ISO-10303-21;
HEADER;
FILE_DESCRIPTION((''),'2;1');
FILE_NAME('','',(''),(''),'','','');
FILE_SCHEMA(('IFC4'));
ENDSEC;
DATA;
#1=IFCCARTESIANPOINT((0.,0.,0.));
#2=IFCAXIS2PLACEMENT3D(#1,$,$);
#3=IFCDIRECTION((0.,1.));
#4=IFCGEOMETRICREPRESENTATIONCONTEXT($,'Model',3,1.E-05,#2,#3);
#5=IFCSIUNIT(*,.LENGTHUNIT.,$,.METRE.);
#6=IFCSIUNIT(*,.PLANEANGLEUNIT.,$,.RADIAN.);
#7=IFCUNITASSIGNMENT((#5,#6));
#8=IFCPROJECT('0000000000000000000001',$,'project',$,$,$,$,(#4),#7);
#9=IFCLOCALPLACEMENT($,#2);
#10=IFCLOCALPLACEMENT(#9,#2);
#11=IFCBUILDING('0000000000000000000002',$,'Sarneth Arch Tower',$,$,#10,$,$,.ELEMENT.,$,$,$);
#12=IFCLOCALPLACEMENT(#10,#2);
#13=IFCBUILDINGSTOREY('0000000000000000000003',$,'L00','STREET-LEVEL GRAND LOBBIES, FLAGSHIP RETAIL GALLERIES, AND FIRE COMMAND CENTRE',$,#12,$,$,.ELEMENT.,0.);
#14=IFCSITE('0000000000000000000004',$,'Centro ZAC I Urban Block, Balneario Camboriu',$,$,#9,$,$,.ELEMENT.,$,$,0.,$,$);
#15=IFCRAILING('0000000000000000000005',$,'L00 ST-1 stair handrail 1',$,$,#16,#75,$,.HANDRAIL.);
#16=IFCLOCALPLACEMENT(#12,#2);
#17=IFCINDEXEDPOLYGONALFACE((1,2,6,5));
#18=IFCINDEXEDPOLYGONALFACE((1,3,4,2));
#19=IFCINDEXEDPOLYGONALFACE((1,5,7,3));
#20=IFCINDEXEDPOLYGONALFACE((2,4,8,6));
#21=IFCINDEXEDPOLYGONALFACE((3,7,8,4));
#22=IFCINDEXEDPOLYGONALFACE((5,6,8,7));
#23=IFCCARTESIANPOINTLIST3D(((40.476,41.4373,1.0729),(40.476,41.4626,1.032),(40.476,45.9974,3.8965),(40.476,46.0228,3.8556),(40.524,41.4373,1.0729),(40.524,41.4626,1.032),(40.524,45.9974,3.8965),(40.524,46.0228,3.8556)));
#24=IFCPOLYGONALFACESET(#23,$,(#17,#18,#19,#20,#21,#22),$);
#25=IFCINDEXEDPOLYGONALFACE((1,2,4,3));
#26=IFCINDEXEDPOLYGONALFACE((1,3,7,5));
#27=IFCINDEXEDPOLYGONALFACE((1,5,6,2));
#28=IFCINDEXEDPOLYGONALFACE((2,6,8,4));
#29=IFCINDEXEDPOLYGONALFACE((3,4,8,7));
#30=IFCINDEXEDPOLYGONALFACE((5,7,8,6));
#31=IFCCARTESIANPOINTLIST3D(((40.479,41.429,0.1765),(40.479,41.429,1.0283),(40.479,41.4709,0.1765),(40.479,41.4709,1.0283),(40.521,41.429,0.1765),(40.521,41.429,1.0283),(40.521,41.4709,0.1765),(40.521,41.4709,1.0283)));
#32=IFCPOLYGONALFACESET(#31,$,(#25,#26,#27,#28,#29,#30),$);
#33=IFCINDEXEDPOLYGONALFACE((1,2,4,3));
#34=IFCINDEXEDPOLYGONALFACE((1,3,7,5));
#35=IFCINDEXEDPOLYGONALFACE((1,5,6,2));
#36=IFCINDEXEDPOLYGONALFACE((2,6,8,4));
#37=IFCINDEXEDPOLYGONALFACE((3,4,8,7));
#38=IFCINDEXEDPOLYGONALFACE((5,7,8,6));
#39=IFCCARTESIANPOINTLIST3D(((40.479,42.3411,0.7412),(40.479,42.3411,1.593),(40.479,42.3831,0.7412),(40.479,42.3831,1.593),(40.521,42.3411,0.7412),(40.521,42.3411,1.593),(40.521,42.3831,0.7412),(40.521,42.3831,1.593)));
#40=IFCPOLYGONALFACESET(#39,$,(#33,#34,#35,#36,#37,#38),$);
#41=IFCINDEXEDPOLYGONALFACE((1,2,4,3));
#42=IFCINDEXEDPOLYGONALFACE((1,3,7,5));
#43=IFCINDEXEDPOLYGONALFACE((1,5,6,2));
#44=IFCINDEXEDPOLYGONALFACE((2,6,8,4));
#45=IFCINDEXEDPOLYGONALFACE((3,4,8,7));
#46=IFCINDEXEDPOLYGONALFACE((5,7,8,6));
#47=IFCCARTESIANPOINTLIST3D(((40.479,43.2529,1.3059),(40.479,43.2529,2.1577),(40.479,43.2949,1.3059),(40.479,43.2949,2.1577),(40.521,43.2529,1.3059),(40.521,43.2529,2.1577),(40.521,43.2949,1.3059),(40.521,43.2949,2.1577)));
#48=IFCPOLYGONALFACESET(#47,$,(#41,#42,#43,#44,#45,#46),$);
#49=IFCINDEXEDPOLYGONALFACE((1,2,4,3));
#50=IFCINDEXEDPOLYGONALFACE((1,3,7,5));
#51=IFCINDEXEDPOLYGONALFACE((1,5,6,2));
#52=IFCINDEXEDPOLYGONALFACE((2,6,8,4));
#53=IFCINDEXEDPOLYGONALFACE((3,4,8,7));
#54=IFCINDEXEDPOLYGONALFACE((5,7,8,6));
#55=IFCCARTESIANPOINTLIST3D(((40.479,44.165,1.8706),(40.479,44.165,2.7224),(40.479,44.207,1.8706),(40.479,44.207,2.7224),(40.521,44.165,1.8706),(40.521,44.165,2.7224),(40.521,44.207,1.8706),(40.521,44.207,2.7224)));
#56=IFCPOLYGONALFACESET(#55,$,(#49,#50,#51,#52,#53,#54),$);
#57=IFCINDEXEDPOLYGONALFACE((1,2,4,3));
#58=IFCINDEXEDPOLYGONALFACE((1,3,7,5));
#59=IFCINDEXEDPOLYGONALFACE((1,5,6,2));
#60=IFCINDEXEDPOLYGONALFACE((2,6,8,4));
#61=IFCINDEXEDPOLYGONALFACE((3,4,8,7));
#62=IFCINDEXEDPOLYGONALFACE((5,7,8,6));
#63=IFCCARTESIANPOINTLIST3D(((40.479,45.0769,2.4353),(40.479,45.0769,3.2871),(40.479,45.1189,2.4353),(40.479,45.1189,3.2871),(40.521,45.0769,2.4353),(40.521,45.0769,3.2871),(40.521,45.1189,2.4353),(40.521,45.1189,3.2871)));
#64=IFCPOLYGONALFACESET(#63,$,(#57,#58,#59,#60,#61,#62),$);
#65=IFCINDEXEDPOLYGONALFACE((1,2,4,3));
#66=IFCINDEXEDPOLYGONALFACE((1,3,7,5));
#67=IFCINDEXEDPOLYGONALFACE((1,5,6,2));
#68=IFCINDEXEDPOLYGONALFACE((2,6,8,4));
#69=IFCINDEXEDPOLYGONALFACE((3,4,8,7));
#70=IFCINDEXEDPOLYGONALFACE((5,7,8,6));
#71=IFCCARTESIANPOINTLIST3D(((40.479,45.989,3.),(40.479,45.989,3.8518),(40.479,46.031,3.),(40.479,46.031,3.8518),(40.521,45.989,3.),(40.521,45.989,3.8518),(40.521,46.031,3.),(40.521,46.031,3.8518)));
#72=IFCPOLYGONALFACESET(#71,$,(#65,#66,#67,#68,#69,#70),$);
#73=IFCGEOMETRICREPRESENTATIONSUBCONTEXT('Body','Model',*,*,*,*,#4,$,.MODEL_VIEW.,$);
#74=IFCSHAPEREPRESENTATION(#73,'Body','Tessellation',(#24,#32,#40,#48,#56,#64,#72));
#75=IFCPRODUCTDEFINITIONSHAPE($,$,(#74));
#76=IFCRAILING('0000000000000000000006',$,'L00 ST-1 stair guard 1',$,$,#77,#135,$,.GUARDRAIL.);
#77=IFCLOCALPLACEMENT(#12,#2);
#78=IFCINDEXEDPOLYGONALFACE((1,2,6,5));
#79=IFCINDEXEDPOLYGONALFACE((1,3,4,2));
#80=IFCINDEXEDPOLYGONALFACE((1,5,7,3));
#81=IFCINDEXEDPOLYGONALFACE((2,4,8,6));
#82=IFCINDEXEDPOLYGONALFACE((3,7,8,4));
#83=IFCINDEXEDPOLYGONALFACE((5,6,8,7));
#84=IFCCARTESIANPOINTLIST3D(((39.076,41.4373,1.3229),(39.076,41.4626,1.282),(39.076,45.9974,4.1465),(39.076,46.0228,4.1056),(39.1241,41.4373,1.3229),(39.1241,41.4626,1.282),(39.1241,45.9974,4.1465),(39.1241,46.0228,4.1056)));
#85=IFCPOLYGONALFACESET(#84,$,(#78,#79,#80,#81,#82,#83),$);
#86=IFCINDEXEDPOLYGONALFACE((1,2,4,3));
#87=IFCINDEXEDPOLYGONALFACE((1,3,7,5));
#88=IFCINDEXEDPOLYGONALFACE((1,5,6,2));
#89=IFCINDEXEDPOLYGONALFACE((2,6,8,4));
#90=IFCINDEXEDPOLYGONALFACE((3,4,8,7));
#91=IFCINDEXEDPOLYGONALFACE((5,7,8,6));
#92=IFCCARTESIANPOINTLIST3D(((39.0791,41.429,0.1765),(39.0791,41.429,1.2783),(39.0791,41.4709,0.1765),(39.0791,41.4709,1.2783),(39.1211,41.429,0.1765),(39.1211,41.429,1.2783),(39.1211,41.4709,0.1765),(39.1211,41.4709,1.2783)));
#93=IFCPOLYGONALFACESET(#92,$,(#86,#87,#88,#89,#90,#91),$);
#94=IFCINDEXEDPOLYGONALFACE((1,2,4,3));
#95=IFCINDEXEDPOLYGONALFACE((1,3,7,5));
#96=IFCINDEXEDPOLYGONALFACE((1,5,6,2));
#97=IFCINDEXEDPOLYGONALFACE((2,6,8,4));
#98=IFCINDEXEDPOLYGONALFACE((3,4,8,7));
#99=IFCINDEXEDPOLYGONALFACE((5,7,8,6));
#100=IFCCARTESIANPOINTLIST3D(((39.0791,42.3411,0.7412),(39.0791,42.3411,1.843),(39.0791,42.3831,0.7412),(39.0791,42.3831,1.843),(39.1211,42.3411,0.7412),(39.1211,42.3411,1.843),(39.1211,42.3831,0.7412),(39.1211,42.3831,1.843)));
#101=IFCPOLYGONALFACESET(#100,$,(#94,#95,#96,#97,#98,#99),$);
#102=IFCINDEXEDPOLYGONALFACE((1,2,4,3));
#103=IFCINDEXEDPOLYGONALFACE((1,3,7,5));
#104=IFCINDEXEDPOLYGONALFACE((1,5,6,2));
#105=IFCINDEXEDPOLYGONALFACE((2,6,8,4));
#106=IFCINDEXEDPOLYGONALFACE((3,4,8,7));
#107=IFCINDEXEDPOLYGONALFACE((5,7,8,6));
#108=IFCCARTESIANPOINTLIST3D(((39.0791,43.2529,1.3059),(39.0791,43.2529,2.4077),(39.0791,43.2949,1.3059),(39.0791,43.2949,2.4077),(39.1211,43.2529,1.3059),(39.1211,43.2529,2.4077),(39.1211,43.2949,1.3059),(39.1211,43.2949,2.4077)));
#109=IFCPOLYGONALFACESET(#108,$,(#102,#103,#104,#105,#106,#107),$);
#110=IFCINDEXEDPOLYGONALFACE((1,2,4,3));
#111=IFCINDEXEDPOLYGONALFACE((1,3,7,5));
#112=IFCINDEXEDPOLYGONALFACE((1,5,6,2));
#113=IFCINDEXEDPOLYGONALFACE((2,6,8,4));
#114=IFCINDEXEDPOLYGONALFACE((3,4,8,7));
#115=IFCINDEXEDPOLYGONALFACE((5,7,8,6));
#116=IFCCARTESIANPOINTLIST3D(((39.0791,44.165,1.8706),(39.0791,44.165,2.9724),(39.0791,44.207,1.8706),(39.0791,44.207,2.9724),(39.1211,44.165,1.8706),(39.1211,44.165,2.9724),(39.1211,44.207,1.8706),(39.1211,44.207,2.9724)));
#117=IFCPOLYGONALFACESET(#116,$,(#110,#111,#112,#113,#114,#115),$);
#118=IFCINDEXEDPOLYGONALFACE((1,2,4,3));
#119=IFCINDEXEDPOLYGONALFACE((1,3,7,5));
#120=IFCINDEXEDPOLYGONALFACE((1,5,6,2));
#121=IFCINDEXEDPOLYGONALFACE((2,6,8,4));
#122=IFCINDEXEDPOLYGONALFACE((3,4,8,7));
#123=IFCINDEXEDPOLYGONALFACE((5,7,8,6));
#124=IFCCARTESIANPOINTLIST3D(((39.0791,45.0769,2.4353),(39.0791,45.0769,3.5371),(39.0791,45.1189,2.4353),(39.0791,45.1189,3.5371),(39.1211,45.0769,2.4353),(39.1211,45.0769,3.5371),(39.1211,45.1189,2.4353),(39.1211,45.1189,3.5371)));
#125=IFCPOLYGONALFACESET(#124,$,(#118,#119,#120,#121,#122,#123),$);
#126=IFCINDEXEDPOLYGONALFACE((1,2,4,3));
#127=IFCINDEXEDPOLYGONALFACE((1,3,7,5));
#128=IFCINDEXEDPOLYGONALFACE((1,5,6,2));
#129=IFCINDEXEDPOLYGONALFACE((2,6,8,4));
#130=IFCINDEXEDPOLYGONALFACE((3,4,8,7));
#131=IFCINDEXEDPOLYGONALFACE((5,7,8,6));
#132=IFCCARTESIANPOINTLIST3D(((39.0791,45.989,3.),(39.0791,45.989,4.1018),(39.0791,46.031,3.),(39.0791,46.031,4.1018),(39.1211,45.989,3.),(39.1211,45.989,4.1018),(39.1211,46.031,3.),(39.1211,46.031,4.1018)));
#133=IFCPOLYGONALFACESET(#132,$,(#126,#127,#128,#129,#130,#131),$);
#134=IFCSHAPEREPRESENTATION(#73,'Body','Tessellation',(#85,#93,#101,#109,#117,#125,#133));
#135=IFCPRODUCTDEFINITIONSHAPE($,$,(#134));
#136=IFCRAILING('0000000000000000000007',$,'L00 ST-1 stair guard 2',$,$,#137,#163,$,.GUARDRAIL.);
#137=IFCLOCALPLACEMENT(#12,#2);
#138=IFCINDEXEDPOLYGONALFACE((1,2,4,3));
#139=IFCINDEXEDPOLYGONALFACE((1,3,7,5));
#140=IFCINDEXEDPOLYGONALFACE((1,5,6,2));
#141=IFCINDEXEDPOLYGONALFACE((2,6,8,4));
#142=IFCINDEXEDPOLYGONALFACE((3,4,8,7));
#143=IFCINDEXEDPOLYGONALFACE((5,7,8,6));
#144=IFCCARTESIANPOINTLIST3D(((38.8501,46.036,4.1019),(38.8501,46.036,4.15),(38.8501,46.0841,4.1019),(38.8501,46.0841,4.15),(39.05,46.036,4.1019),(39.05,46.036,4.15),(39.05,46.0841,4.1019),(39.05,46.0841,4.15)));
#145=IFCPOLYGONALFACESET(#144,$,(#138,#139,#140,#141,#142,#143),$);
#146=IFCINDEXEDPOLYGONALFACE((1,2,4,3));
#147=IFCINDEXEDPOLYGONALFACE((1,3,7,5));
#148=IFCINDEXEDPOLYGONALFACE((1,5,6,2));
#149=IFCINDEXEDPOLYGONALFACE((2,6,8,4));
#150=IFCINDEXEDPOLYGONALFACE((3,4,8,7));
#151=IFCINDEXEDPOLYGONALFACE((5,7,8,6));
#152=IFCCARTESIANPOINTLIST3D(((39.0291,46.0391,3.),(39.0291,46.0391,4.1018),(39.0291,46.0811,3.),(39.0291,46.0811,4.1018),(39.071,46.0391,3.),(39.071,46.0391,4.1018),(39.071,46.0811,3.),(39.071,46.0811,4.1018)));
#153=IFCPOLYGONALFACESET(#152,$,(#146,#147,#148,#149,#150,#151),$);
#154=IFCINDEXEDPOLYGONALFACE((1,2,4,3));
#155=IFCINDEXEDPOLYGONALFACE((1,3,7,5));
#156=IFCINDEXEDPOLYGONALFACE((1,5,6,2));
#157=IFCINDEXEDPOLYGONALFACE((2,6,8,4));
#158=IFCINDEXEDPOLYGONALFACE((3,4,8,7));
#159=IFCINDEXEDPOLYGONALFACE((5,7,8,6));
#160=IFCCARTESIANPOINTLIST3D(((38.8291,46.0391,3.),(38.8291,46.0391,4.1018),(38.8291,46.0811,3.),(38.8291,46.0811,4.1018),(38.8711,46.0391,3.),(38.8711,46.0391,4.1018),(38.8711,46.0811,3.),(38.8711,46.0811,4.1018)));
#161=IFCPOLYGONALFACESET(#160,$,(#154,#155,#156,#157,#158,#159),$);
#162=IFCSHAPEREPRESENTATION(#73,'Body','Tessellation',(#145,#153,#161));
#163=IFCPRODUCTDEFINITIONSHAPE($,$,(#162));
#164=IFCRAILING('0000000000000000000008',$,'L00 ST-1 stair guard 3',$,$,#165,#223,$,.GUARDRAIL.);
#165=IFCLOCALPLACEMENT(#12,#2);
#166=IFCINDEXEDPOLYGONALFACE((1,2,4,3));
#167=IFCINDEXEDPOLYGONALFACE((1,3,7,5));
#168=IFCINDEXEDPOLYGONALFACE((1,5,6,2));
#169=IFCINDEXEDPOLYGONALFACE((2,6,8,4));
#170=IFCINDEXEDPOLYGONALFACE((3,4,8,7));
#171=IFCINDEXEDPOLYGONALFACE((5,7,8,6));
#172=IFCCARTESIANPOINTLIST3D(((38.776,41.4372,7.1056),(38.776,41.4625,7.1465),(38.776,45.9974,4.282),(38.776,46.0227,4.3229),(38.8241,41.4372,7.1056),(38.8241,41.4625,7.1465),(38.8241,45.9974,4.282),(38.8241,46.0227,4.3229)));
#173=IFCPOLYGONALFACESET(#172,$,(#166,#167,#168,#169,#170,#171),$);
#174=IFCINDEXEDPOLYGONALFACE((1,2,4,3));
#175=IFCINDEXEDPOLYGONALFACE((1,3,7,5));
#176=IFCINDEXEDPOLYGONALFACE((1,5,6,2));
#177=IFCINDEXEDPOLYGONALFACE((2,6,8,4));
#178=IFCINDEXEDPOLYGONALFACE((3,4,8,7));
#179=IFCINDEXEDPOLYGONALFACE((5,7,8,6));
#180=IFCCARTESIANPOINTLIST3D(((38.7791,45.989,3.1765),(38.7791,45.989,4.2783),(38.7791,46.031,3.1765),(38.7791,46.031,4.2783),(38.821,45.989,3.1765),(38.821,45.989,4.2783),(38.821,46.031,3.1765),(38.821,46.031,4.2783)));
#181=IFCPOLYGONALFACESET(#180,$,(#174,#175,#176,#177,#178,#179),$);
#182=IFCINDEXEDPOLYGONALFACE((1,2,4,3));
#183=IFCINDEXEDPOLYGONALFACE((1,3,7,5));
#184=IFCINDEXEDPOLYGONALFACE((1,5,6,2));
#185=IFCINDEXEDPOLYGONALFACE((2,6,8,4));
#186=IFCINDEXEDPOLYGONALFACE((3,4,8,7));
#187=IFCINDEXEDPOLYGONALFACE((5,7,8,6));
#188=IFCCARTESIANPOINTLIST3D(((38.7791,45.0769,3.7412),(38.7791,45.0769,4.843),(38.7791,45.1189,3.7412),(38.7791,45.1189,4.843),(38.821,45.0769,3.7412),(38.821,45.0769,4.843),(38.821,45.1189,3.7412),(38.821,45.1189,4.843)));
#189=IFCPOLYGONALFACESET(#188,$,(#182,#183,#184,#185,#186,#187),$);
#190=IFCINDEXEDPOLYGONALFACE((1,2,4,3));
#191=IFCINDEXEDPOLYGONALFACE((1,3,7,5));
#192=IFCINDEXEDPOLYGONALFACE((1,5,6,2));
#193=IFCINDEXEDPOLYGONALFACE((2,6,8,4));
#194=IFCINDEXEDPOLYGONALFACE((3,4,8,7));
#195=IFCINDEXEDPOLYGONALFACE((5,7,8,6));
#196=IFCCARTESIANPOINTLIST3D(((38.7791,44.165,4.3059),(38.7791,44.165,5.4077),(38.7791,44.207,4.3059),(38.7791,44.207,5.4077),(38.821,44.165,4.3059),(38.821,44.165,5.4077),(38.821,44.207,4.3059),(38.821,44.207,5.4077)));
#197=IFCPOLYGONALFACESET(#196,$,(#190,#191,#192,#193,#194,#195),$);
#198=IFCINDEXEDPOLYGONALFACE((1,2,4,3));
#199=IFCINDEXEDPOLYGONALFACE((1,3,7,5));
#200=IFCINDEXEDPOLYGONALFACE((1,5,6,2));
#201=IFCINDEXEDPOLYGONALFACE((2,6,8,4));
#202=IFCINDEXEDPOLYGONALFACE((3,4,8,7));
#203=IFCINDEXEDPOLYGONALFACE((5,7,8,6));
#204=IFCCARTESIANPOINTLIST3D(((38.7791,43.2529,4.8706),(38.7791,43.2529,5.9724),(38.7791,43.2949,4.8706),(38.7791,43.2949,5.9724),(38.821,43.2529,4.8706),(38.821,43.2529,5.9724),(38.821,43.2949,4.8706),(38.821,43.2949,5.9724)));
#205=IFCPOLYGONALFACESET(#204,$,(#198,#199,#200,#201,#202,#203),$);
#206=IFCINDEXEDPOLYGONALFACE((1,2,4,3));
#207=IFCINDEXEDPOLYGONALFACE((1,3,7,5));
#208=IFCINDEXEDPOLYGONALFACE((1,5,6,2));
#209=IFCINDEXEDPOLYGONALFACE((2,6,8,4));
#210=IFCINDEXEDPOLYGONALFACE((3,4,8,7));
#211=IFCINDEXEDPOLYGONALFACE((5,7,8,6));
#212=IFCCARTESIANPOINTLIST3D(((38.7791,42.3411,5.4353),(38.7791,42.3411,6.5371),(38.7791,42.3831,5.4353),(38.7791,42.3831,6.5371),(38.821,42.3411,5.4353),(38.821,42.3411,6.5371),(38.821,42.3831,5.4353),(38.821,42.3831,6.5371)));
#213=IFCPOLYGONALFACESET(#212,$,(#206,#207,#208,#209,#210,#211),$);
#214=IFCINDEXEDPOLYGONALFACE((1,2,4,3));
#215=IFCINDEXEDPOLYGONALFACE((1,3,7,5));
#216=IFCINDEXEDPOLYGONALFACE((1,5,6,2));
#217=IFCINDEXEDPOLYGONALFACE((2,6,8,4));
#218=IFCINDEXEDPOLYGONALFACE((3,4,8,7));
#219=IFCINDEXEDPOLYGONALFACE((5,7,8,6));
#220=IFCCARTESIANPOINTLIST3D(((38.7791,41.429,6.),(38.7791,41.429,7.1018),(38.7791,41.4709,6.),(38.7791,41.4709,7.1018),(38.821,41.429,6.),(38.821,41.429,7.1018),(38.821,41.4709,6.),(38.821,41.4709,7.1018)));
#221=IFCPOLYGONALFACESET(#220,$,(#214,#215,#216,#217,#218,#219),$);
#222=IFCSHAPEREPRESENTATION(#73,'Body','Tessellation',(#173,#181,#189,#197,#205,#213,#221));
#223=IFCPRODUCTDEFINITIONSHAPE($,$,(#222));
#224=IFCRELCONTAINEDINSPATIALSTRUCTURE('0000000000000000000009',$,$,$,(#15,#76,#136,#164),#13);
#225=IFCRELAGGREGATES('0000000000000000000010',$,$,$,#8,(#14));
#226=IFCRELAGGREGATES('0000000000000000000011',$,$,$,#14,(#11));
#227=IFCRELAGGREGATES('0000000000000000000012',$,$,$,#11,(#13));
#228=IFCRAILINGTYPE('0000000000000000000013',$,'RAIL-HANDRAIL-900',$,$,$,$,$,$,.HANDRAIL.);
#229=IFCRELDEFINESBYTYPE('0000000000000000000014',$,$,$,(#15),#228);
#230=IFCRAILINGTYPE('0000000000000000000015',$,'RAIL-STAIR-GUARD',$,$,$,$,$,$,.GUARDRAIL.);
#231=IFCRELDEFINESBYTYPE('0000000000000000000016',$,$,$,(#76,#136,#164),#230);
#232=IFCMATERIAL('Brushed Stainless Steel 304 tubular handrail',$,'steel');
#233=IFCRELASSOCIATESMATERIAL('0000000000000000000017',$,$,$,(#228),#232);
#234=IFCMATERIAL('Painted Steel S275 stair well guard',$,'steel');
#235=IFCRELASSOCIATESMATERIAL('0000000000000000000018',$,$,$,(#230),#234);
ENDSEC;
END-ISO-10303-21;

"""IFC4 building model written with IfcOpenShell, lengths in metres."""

from ifc_helpers import new_model, si_unit, direction, frame, origin, origin_2d, place, context, subcontext, project, spatial, rectangle, extrude, material, type_object, element, save


model = new_model("IFC4")

# Units and contexts
model_context = context("Model", 3, precision=1e-05, world=origin(), true_north=direction((0.0, 1.0)))
body_context = subcontext(model_context, "Body", "Model", "MODEL_VIEW")
ifc_project = project(units=[si_unit("LENGTHUNIT", "METRE"), si_unit("PLANEANGLEUNIT", "RADIAN")], contexts=[model_context])

# Site, building, storey
site_placement = place(None, origin())
site = spatial("IfcSite", under=ifc_project, at=site_placement, Name="Centro ZAC I Urban Block, Balneario Camboriu", CompositionType="ELEMENT", RefElevation=0.0)
building_placement = place(site_placement, origin())
building = spatial("IfcBuilding", under=site, at=building_placement, Name="Sarneth Arch Tower", CompositionType="ELEMENT")
storey_placement = place(building_placement, origin())
storey = spatial("IfcBuildingStorey", under=building, at=storey_placement, Name="L00", Description="STREET-LEVEL GRAND LOBBIES, FLAGSHIP RETAIL GALLERIES, AND FIRE COMMAND CENTRE", CompositionType="ELEMENT", Elevation=0.0)

# Railings
ifc_material_1 = material(Name="Brushed Stainless Steel 304 tubular handrail", Category="steel")
railing_type_1 = type_object("IfcRailingType", Name="RAIL-HANDRAIL-900", PredefinedType="HANDRAIL", material=ifc_material_1)
railing_1_placement = place(storey_placement, frame((40.5, 41.45, 0.1765)))
element("IfcRailing", 1, at=railing_1_placement, inside=storey, type_object=railing_type_1, Name="L00 ST-1 stair handrail 1", PredefinedType="HANDRAIL", context=body_context, shape_type="SweptSolid", body=[
    extrude(rectangle(XDim=0.0481, YDim=0.0481, at=origin_2d()), frame((0.0, 0.0, 0.876), z_axis=(0.0, 0.850216, 0.526435), x_axis=(-1.0, 0.0, 0.0)), (0.0, 0.0, 1.0), 5.3635),
    extrude(rectangle(XDim=0.042, YDim=0.042, at=origin_2d()), origin(), (0.0, 0.0, 1.0), 0.8518),
    extrude(rectangle(XDim=0.042, YDim=0.042, at=origin_2d()), frame((0.0, 0.9121, 0.5647)), (0.0, 0.0, 1.0), 0.8518),
    extrude(rectangle(XDim=0.042, YDim=0.042, at=origin_2d()), frame((0.0, 1.824, 1.1294)), (0.0, 0.0, 1.0), 0.8518),
    extrude(rectangle(XDim=0.042, YDim=0.042, at=origin_2d()), frame((0.0, 2.7361, 1.6941)), (0.0, 0.0, 1.0), 0.8518),
    extrude(rectangle(XDim=0.042, YDim=0.042, at=origin_2d()), frame((0.0, 3.6479, 2.2588)), (0.0, 0.0, 1.0), 0.8518),
    extrude(rectangle(XDim=0.042, YDim=0.042, at=origin_2d()), frame((0.0, 4.5601, 2.8235)), (0.0, 0.0, 1.0), 0.8518),
])
ifc_material_2 = material(Name="Painted Steel S275 stair well guard", Category="steel")
railing_type_2 = type_object("IfcRailingType", Name="RAIL-STAIR-GUARD", PredefinedType="GUARDRAIL", material=ifc_material_2)
railing_2_placement = place(storey_placement, frame((39.1001, 41.45, 0.1765)))
element("IfcRailing", 2, at=railing_2_placement, inside=storey, type_object=railing_type_2, Name="L00 ST-1 stair guard 1", PredefinedType="GUARDRAIL", context=body_context, shape_type="SweptSolid", body=[
    extrude(rectangle(XDim=0.0481, YDim=0.0481, at=origin_2d()), frame((0.0, 0.0, 1.126), z_axis=(0.0, 0.850216, 0.526435), x_axis=(-1.0, 0.0, 0.0)), (0.0, 0.0, 1.0), 5.3635),
    extrude(rectangle(XDim=0.042, YDim=0.042, at=origin_2d()), origin(), (0.0, 0.0, 1.0), 1.1018),
    extrude(rectangle(XDim=0.042, YDim=0.042, at=origin_2d()), frame((0.0, 0.9121, 0.5647)), (0.0, 0.0, 1.0), 1.1018),
    extrude(rectangle(XDim=0.042, YDim=0.042, at=origin_2d()), frame((0.0, 1.824, 1.1294)), (0.0, 0.0, 1.0), 1.1018),
    extrude(rectangle(XDim=0.042, YDim=0.042, at=origin_2d()), frame((0.0, 2.7361, 1.6941)), (0.0, 0.0, 1.0), 1.1018),
    extrude(rectangle(XDim=0.042, YDim=0.042, at=origin_2d()), frame((0.0, 3.6479, 2.2588)), (0.0, 0.0, 1.0), 1.1018),
    extrude(rectangle(XDim=0.042, YDim=0.042, at=origin_2d()), frame((0.0, 4.5601, 2.8235)), (0.0, 0.0, 1.0), 1.1018),
])
railing_3_placement = place(storey_placement, frame((39.05, 46.0601, 3.0)))
element("IfcRailing", 3, at=railing_3_placement, inside=storey, type_object=railing_type_2, Name="L00 ST-1 stair guard 2", PredefinedType="GUARDRAIL", context=body_context, shape_type="SweptSolid", body=[
    extrude(rectangle(XDim=0.0481, YDim=0.0481, at=origin_2d()), frame((0.0, 0.0, 1.126), z_axis=(-1.0, 0.0, 0.0), x_axis=(0.0, -1.0, 0.0)), (0.0, 0.0, 1.0), 0.2),
    extrude(rectangle(XDim=0.042, YDim=0.042, at=origin_2d()), origin(), (0.0, 0.0, 1.0), 1.1018),
    extrude(rectangle(XDim=0.042, YDim=0.042, at=origin_2d()), frame((-0.2, 0.0, 0.0)), (0.0, 0.0, 1.0), 1.1018),
])
railing_4_placement = place(storey_placement, frame((38.8, 46.01, 3.1765)))
element("IfcRailing", 4, at=railing_4_placement, inside=storey, type_object=railing_type_2, Name="L00 ST-1 stair guard 3", PredefinedType="GUARDRAIL", context=body_context, shape_type="SweptSolid", body=[
    extrude(rectangle(XDim=0.0481, YDim=0.0481, at=origin_2d()), frame((0.0, 0.0, 1.126), z_axis=(0.0, -0.850216, 0.526435), x_axis=(1.0, 0.0, 0.0)), (0.0, 0.0, 1.0), 5.3635),
    extrude(rectangle(XDim=0.042, YDim=0.042, at=origin_2d()), origin(), (0.0, 0.0, 1.0), 1.1018),
    extrude(rectangle(XDim=0.042, YDim=0.042, at=origin_2d()), frame((0.0, -0.9121, 0.5647)), (0.0, 0.0, 1.0), 1.1018),
    extrude(rectangle(XDim=0.042, YDim=0.042, at=origin_2d()), frame((0.0, -1.824, 1.1294)), (0.0, 0.0, 1.0), 1.1018),
    extrude(rectangle(XDim=0.042, YDim=0.042, at=origin_2d()), frame((0.0, -2.7361, 1.6941)), (0.0, 0.0, 1.0), 1.1018),
    extrude(rectangle(XDim=0.042, YDim=0.042, at=origin_2d()), frame((0.0, -3.6479, 2.2588)), (0.0, 0.0, 1.0), 1.1018),
    extrude(rectangle(XDim=0.042, YDim=0.042, at=origin_2d()), frame((0.0, -4.5601, 2.8235)), (0.0, 0.0, 1.0), 1.1018),
])

save(model, "model.ifc")
